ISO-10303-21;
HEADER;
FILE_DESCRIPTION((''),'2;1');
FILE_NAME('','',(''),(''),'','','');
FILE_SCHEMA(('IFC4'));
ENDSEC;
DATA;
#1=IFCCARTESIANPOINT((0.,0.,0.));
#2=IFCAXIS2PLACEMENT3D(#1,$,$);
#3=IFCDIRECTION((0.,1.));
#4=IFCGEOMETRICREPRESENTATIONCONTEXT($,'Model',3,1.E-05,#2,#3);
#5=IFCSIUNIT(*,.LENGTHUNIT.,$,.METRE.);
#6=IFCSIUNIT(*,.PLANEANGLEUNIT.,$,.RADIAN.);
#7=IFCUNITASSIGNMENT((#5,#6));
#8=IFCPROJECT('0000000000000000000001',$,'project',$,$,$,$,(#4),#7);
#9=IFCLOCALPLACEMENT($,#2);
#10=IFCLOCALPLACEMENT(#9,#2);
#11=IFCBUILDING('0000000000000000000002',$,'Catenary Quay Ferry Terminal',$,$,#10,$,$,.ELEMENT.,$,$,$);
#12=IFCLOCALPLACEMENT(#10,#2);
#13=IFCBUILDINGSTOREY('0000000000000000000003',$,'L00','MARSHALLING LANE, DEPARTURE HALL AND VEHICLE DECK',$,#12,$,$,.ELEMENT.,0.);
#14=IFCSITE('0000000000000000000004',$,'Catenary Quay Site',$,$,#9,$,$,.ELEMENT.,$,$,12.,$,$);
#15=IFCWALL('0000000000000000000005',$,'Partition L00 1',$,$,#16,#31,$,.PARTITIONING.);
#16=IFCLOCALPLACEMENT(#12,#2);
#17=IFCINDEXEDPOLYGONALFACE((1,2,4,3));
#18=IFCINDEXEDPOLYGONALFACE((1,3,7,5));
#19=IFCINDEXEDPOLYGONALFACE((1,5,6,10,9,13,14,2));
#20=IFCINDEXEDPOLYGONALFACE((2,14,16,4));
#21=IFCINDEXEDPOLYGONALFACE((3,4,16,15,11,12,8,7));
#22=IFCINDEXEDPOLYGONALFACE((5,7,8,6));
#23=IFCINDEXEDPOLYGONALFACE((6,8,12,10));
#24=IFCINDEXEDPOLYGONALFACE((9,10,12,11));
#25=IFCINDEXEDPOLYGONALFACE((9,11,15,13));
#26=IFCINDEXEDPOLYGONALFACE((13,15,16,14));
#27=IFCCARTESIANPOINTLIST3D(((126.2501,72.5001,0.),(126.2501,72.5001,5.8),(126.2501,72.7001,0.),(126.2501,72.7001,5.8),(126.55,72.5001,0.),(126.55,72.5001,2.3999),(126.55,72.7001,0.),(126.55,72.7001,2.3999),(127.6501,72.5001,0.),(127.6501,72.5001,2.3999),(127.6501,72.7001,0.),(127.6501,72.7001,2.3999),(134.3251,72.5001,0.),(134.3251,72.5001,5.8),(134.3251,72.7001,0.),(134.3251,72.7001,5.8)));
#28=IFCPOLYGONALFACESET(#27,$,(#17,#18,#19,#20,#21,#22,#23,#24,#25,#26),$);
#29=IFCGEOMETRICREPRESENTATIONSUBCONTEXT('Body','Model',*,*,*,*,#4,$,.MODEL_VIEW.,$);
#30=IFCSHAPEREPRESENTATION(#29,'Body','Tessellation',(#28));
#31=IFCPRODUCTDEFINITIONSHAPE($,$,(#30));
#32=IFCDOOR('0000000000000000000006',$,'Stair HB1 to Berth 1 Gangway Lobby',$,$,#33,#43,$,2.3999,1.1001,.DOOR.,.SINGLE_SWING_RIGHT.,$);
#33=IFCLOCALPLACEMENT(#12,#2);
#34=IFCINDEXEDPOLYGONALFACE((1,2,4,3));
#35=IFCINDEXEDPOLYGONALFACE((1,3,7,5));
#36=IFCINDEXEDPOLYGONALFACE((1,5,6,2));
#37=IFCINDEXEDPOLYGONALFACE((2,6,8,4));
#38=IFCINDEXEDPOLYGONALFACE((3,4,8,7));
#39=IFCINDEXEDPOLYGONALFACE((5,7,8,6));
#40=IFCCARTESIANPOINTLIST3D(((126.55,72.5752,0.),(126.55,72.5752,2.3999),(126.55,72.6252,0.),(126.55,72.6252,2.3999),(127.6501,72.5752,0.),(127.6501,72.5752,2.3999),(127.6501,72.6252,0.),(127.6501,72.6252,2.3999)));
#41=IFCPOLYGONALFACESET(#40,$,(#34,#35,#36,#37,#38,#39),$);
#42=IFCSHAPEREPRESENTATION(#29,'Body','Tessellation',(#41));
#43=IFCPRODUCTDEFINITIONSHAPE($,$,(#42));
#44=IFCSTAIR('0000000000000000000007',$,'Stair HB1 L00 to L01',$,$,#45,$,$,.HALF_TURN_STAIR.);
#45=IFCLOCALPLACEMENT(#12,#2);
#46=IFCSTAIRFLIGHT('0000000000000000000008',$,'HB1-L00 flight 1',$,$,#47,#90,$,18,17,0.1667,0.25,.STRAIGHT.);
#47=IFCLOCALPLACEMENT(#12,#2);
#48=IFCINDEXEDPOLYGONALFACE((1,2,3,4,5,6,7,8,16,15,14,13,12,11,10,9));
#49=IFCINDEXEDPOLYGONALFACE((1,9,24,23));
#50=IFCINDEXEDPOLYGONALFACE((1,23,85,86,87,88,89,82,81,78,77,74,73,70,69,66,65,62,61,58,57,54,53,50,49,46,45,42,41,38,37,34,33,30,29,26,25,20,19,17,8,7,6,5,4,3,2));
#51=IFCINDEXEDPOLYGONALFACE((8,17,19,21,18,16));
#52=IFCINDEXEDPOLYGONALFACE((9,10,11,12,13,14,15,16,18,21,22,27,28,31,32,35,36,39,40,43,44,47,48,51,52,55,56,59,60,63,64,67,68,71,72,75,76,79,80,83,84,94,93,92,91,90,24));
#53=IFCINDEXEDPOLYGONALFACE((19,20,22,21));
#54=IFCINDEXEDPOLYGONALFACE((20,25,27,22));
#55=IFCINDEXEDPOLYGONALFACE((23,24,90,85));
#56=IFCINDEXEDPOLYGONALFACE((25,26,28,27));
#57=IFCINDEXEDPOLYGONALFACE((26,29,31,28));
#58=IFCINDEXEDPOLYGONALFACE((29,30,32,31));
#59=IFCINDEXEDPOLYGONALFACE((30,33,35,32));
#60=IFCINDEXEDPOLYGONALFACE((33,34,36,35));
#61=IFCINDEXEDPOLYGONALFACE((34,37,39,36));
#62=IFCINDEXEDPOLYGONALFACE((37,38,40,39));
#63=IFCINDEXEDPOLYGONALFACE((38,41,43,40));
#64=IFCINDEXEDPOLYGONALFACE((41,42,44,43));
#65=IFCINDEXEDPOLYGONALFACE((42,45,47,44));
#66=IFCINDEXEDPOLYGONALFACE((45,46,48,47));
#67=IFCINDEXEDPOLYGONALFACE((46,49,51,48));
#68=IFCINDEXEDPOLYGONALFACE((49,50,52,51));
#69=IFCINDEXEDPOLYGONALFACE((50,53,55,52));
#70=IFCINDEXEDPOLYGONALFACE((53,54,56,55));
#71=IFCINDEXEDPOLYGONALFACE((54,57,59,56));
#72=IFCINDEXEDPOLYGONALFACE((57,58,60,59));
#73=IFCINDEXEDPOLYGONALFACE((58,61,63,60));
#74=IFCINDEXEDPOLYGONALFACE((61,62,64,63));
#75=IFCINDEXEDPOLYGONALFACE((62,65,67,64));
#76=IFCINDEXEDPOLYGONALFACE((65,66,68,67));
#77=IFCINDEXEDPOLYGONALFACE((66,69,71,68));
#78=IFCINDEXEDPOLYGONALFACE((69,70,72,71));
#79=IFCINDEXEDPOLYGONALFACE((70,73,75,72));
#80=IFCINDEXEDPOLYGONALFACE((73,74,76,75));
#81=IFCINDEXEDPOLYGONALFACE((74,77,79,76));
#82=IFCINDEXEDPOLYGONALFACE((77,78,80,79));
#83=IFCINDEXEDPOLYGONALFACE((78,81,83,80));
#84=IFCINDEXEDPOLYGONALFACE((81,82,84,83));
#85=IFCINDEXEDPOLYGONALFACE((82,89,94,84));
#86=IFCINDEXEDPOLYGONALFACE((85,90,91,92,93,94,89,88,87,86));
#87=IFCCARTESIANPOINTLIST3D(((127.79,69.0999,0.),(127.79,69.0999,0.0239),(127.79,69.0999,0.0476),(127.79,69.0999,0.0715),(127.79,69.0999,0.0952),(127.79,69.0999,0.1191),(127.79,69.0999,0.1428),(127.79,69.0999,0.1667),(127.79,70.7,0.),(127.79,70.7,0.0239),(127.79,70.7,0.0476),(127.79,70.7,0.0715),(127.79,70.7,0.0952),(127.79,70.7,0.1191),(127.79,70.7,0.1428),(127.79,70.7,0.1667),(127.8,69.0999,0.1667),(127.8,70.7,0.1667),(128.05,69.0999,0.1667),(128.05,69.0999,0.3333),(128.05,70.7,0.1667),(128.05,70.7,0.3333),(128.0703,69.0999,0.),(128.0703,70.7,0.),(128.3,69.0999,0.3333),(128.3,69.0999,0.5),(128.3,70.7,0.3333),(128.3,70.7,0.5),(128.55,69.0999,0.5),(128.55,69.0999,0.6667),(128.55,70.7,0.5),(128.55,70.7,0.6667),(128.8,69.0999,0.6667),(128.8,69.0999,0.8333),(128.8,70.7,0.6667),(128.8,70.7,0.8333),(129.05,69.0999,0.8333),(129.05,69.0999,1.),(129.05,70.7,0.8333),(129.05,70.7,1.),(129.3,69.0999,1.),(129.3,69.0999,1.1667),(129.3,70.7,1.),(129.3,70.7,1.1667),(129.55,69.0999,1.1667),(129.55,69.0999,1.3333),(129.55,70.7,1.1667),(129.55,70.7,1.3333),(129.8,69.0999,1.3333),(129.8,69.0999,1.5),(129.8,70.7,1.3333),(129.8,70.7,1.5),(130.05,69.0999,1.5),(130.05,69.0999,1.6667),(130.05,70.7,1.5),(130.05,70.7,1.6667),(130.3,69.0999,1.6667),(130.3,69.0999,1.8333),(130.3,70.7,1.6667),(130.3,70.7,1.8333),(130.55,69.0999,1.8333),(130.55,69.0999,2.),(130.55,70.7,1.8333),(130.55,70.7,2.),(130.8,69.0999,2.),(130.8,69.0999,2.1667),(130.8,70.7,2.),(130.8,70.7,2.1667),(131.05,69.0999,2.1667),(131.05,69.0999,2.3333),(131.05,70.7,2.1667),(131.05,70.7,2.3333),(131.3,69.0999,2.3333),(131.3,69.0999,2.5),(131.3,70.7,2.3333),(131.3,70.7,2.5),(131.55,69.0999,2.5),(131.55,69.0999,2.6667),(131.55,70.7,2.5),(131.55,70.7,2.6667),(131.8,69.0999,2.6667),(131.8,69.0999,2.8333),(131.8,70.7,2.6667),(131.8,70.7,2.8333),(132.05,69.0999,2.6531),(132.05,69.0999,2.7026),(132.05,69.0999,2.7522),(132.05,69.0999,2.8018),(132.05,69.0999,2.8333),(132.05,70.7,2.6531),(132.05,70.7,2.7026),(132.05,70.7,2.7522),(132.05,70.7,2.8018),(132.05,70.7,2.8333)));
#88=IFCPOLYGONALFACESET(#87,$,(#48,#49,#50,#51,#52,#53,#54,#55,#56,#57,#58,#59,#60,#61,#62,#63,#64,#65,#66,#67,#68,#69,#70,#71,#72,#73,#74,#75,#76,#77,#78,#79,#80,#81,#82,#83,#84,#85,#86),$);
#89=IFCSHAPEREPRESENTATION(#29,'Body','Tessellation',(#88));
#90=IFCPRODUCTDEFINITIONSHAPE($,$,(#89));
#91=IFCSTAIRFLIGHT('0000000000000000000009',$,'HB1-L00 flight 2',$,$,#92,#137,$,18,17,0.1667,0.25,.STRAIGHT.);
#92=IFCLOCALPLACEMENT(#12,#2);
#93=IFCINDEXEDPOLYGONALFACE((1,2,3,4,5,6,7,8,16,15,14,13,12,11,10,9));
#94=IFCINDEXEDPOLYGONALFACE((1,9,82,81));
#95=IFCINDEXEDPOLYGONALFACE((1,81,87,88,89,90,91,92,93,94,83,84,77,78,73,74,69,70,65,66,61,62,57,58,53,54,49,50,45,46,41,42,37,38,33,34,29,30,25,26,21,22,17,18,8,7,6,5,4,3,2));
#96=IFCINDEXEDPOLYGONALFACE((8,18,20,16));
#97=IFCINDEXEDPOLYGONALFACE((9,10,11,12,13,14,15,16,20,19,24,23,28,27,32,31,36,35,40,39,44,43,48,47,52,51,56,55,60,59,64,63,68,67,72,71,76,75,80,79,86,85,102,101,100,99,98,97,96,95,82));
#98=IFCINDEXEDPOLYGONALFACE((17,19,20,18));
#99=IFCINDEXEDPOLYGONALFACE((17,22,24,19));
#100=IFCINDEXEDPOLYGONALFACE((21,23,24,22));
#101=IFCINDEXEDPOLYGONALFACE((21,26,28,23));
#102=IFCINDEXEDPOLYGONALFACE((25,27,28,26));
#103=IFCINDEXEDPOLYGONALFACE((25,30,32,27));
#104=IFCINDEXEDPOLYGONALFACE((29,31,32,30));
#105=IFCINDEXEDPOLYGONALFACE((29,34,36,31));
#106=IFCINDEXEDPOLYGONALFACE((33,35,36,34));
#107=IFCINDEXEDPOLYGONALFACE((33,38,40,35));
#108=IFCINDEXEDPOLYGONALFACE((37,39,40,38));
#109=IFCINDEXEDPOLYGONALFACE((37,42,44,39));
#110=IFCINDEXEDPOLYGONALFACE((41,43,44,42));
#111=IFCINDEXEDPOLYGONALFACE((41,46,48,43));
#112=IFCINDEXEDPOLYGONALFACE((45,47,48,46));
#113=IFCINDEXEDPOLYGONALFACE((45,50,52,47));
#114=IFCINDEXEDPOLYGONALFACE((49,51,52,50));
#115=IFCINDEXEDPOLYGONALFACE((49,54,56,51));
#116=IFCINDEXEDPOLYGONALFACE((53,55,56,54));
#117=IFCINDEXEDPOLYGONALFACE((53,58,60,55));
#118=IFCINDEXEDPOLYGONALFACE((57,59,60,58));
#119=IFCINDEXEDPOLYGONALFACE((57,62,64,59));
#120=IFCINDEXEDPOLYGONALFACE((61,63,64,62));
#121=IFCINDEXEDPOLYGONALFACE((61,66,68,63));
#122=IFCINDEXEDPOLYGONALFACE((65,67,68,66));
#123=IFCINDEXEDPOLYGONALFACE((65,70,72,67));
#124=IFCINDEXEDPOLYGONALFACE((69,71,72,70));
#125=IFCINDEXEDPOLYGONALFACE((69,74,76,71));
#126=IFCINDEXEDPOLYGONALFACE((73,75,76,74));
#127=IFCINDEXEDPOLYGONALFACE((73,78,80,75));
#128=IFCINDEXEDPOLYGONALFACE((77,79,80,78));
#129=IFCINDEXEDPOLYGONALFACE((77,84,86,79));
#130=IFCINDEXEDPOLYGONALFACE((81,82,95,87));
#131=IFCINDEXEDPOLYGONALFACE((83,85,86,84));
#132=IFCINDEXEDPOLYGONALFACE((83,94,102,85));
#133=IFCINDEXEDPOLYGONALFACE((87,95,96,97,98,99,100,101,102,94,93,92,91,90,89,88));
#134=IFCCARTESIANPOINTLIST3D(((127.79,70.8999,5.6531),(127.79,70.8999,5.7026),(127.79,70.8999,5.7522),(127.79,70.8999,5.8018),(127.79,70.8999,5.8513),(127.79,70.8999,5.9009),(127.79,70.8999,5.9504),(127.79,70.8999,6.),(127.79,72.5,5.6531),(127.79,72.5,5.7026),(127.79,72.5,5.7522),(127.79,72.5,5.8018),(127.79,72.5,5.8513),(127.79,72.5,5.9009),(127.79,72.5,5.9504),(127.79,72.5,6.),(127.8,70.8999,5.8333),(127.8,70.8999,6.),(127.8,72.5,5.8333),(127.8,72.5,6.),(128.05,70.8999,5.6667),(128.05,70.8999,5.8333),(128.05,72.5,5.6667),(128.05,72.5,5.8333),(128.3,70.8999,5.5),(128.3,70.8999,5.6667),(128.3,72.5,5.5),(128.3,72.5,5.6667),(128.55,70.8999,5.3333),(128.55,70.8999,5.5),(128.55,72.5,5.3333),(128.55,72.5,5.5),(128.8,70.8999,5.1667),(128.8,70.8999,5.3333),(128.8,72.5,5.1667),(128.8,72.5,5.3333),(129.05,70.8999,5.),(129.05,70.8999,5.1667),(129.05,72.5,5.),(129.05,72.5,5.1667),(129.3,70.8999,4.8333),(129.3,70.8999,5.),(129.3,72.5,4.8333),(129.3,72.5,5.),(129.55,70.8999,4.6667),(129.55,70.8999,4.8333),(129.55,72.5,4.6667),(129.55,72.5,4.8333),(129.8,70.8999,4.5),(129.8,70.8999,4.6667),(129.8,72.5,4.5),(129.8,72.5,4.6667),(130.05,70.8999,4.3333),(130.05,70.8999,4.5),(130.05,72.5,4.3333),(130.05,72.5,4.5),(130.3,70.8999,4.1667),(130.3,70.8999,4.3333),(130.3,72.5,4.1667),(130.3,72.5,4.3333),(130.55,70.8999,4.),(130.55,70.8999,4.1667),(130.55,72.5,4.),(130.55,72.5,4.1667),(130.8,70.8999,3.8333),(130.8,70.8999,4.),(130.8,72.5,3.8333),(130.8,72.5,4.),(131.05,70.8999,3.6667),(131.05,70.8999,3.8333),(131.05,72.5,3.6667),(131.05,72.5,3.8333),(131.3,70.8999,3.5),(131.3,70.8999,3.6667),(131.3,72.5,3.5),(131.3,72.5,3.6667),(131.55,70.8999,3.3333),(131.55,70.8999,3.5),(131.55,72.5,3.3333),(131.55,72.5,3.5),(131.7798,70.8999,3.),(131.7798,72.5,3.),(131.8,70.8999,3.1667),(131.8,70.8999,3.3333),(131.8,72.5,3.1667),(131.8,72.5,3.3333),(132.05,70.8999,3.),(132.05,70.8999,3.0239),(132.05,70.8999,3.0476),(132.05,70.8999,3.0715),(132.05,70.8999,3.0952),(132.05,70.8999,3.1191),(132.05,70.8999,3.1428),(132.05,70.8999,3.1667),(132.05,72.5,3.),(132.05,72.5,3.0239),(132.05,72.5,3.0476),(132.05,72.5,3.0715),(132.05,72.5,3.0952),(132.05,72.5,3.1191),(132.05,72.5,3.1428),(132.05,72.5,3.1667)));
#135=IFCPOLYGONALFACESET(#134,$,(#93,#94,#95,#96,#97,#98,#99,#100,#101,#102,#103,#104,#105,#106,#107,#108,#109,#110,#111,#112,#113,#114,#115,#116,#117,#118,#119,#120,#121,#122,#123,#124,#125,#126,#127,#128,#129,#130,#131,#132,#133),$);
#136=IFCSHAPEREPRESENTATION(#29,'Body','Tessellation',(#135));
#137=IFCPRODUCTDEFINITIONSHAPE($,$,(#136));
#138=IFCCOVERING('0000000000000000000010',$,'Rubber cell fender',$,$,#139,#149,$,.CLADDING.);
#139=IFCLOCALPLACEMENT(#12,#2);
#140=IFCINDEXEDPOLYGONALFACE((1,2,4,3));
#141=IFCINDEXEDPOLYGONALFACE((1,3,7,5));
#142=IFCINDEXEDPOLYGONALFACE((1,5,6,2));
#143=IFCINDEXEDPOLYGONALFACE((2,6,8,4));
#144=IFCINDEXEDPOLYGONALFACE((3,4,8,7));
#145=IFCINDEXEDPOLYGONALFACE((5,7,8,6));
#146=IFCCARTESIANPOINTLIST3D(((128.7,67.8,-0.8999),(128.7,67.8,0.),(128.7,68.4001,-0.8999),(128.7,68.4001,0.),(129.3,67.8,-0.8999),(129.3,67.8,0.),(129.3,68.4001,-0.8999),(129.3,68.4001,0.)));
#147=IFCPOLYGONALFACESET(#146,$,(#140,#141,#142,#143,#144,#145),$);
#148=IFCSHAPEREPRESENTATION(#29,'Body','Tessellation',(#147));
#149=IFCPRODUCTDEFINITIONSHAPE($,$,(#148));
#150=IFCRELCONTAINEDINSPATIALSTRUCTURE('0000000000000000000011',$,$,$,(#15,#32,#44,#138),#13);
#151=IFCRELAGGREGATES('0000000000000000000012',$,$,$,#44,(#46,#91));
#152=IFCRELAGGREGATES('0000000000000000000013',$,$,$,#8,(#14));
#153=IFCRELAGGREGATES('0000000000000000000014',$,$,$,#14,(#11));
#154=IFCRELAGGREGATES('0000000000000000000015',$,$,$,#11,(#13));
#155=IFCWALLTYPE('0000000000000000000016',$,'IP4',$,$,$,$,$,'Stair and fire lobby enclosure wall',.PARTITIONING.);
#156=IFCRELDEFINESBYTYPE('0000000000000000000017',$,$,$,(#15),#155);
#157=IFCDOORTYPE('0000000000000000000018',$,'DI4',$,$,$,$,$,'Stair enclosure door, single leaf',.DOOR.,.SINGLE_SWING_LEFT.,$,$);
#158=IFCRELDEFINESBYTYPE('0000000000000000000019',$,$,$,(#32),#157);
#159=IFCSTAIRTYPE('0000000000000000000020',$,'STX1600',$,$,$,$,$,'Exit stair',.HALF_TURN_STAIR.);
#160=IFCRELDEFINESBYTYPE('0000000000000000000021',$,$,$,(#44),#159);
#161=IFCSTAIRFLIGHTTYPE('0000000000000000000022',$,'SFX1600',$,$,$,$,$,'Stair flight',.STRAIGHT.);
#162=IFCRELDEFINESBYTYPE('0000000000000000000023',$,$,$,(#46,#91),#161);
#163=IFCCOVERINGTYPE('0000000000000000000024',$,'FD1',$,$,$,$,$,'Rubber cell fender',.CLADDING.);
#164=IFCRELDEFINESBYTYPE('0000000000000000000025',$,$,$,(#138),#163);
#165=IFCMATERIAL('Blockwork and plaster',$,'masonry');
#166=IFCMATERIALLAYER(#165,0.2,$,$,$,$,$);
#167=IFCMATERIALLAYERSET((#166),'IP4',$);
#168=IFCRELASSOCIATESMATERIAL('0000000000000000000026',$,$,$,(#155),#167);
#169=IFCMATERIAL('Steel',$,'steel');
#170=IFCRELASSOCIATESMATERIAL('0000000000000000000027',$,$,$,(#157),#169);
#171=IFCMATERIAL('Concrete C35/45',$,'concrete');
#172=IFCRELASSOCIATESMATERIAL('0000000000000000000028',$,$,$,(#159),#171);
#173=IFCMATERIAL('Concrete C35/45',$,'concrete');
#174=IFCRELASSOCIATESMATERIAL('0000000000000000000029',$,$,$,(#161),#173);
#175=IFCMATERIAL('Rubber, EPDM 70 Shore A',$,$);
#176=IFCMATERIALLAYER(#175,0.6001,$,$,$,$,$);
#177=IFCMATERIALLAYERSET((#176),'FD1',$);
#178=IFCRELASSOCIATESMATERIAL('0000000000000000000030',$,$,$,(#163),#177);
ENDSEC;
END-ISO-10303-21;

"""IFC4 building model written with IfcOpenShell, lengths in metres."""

from ifc_helpers import new_model, si_unit, direction, frame, frame_2d, origin, origin_2d, place, context, subcontext, project, spatial, polyline, rectangle, outline, extrude, material, layer, layer_set, type_object, element, fill, aggregate, save


model = new_model("IFC4")

# Units and contexts
model_context = context("Model", 3, precision=1e-05, world=origin(), true_north=direction((0.0, 1.0)))
body_context = subcontext(model_context, "Body", "Model", "MODEL_VIEW")
ifc_project = project(units=[si_unit("LENGTHUNIT", "METRE"), si_unit("PLANEANGLEUNIT", "RADIAN")], contexts=[model_context])

# Site, building, storey
site_placement = place(None, origin())
site = spatial("IfcSite", under=ifc_project, at=site_placement, Name="Catenary Quay Site", CompositionType="ELEMENT", RefElevation=12.0)
building_placement = place(site_placement, origin())
building = spatial("IfcBuilding", under=site, at=building_placement, Name="Catenary Quay Ferry Terminal", CompositionType="ELEMENT")
storey_placement = place(building_placement, origin())
storey = spatial("IfcBuildingStorey", under=building, at=storey_placement, Name="L00", Description="MARSHALLING LANE, DEPARTURE HALL AND VEHICLE DECK", CompositionType="ELEMENT", Elevation=0.0)

# Wall, opening, door
ifc_material_1 = material(Name="Blockwork and plaster", Category="masonry")
ifc_layer_1 = layer(ifc_material_1, 0.2)
ifc_layer_set_1 = layer_set([ifc_layer_1], Name="IP4")
wall_type = type_object("IfcWallType", Name="IP4", ElementType="Stair and fire lobby enclosure wall", PredefinedType="PARTITIONING", material=ifc_layer_set_1)
wall_placement = place(storey_placement, frame((126.25, 72.6001, 0.0), z_axis=(0.0, 0.0, 1.0), x_axis=(1.0, 0.0, 0.0)))
wall = element("IfcWall", 1, at=wall_placement, inside=storey, type_object=wall_type, Name="Partition L00 1", PredefinedType="PARTITIONING", context=body_context, shape_type="SweptSolid", body=[
    extrude(rectangle(XDim=8.075, YDim=0.2, at=frame_2d((4.0376, 0.0))), origin(), (0.0, 0.0, 1.0), 5.8),
])
opening_placement = place(wall_placement, frame((0.3, 0.0, 0.0)))
opening = element("IfcOpeningElement", 2, at=opening_placement, cuts=wall, PredefinedType="OPENING", context=body_context, shape_type="SweptSolid", body=[
    extrude(rectangle(XDim=1.1001, YDim=2.3999, at=frame_2d((0.55, 1.2))), frame((0.0, 0.1099, 0.0), z_axis=(0.0, -1.0, 0.0), x_axis=(1.0, 0.0, 0.0)), (0.0, 0.0, 1.0), 0.22),
])
ifc_material_2 = material(Name="Steel", Category="steel")
door_type = type_object("IfcDoorType", Name="DI4", ElementType="Stair enclosure door, single leaf", OperationType="SINGLE_SWING_LEFT", PredefinedType="DOOR", material=ifc_material_2)
door_placement = place(opening_placement, frame((1.1001, 0.0, 0.0), z_axis=(0.0, 0.0, 1.0), x_axis=(-1.0, 0.0, 0.0)))
door = element("IfcDoor", 3, at=door_placement, inside=storey, type_object=door_type, Name="Stair HB1 to Berth 1 Gangway Lobby", OperationType="SINGLE_SWING_RIGHT", OverallHeight=2.3999, OverallWidth=1.1001, PredefinedType="DOOR", context=body_context, shape_type="SweptSolid", body=[
    extrude(rectangle(XDim=1.1001, YDim=2.3999, at=frame_2d((0.55, 1.2))), frame((0.0, 0.0249, 0.0), z_axis=(0.0, -1.0, 0.0), x_axis=(1.0, 0.0, 0.0)), (0.0, 0.0, 1.0), 0.05),
])
fill(opening, door)

# Stair, stair flights
ifc_material_3 = material(Name="Concrete C35/45", Category="concrete")
stair_type = type_object("IfcStairType", Name="STX1600", ElementType="Exit stair", PredefinedType="HALF_TURN_STAIR", material=ifc_material_3)
stair_placement = place(storey_placement, origin())
stair = element("IfcStair", 4, at=stair_placement, inside=storey, type_object=stair_type, Name="Stair HB1 L00 to L01", PredefinedType="HALF_TURN_STAIR")
ifc_material_4 = material(Name="Concrete C35/45", Category="concrete")
stair_flight_type = type_object("IfcStairFlightType", Name="SFX1600", ElementType="Stair flight", PredefinedType="STRAIGHT", material=ifc_material_4)
stair_flight_1_placement = place(storey_placement, frame((127.8, 69.8999, 0.0), z_axis=(0.0, 0.0, 1.0), x_axis=(1.0, 0.0, 0.0)))
stair_flight_1 = element("IfcStairFlight", 5, at=stair_flight_1_placement, type_object=stair_flight_type, Name="HB1-L00 flight 1", NumberOfRisers=18, NumberOfTreads=17, PredefinedType="STRAIGHT", RiserHeight=0.1667, TreadLength=0.25, context=body_context, shape_type="SweptSolid", body=[
    extrude(outline(polyline([(-0.01, 0.0), (-0.01, 0.0239), (-0.01, 0.0476), (-0.01, 0.0715), (-0.01, 0.0952), (-0.01, 0.1191), (-0.01, 0.1428), (-0.01, 0.1667), (0.0, 0.1667), (0.25, 0.1667), (0.25, 0.3333), (0.5, 0.3333), (0.5, 0.5), (0.75, 0.5), (0.75, 0.6667), (1.0, 0.6667), (1.0, 0.8333), (1.25, 0.8333), (1.25, 1.0), (1.5, 1.0), (1.5, 1.1667), (1.75, 1.1667), (1.75, 1.3333), (2.0, 1.3333), (2.0, 1.5), (2.25, 1.5), (2.25, 1.6667), (2.5, 1.6667), (2.5, 1.8333), (2.75, 1.8333), (2.75, 2.0), (3.0, 2.0), (3.0, 2.1667), (3.25, 2.1667), (3.25, 2.3333), (3.5, 2.3333), (3.5, 2.5), (3.75, 2.5), (3.75, 2.6667), (4.0, 2.6667), (4.0, 2.8333), (4.25, 2.8333), (4.25, 3.0), (4.25, 2.9504), (4.25, 2.9009), (4.25, 2.8513), (4.25, 2.8018), (4.25, 2.7522), (4.25, 2.7026), (4.25, 2.6531), (0.2703, 0.0), (-0.01, 0.0)])), frame((0.0, 0.8, 0.0), z_axis=(0.0, -1.0, 0.0), x_axis=(1.0, 0.0, 0.0)), (0.0, 0.0, 1.0), 1.6001),
])
stair_flight_2_placement = place(storey_placement, frame((132.05, 71.7, 3.0), z_axis=(0.0, 0.0, 1.0), x_axis=(-1.0, 0.0, 0.0)))
stair_flight_2 = element("IfcStairFlight", 6, at=stair_flight_2_placement, type_object=stair_flight_type, Name="HB1-L00 flight 2", NumberOfRisers=18, NumberOfTreads=17, PredefinedType="STRAIGHT", RiserHeight=0.1667, TreadLength=0.25, context=body_context, shape_type="SweptSolid", body=[
    extrude(outline(polyline([(0.0, 0.0), (0.0, 0.0239), (0.0, 0.0476), (0.0, 0.0715), (0.0, 0.0952), (0.0, 0.1191), (0.0, 0.1428), (0.0, 0.1667), (0.25, 0.1667), (0.25, 0.3333), (0.5, 0.3333), (0.5, 0.5), (0.75, 0.5), (0.75, 0.6667), (1.0, 0.6667), (1.0, 0.8333), (1.25, 0.8333), (1.25, 1.0), (1.5, 1.0), (1.5, 1.1667), (1.75, 1.1667), (1.75, 1.3333), (2.0, 1.3333), (2.0, 1.5), (2.25, 1.5), (2.25, 1.6667), (2.5, 1.6667), (2.5, 1.8333), (2.75, 1.8333), (2.75, 2.0), (3.0, 2.0), (3.0, 2.1667), (3.25, 2.1667), (3.25, 2.3333), (3.5, 2.3333), (3.5, 2.5), (3.75, 2.5), (3.75, 2.6667), (4.0, 2.6667), (4.0, 2.8333), (4.25, 2.8333), (4.25, 3.0), (4.26, 3.0), (4.26, 2.9504), (4.26, 2.9009), (4.26, 2.8513), (4.26, 2.8018), (4.26, 2.7522), (4.26, 2.7026), (4.26, 2.6531), (0.2703, 0.0), (0.0, 0.0)])), frame((0.0, 0.8, 0.0), z_axis=(0.0, -1.0, 0.0), x_axis=(1.0, 0.0, 0.0)), (0.0, 0.0, 1.0), 1.6001),
])
aggregate(stair, [stair_flight_1, stair_flight_2])

# Covering
ifc_material_5 = material(Name="Rubber, EPDM 70 Shore A")
ifc_layer_2 = layer(ifc_material_5, 0.6001)
ifc_layer_set_2 = layer_set([ifc_layer_2], Name="FD1")
covering_type = type_object("IfcCoveringType", Name="FD1", ElementType="Rubber cell fender", PredefinedType="CLADDING", material=ifc_layer_set_2)
covering_placement = place(storey_placement, frame((129.0, 68.1001, -0.8999), z_axis=(0.0, 0.0, 1.0), x_axis=(1.0, 0.0, 0.0)))
element("IfcCovering", 7, at=covering_placement, inside=storey, type_object=covering_type, Name="Rubber cell fender", PredefinedType="CLADDING", context=body_context, shape_type="SweptSolid", body=[
    extrude(rectangle(XDim=0.6001, YDim=0.6001, at=origin_2d()), origin(), (0.0, 0.0, 1.0), 0.8999),
])

save(model, "model.ifc")
